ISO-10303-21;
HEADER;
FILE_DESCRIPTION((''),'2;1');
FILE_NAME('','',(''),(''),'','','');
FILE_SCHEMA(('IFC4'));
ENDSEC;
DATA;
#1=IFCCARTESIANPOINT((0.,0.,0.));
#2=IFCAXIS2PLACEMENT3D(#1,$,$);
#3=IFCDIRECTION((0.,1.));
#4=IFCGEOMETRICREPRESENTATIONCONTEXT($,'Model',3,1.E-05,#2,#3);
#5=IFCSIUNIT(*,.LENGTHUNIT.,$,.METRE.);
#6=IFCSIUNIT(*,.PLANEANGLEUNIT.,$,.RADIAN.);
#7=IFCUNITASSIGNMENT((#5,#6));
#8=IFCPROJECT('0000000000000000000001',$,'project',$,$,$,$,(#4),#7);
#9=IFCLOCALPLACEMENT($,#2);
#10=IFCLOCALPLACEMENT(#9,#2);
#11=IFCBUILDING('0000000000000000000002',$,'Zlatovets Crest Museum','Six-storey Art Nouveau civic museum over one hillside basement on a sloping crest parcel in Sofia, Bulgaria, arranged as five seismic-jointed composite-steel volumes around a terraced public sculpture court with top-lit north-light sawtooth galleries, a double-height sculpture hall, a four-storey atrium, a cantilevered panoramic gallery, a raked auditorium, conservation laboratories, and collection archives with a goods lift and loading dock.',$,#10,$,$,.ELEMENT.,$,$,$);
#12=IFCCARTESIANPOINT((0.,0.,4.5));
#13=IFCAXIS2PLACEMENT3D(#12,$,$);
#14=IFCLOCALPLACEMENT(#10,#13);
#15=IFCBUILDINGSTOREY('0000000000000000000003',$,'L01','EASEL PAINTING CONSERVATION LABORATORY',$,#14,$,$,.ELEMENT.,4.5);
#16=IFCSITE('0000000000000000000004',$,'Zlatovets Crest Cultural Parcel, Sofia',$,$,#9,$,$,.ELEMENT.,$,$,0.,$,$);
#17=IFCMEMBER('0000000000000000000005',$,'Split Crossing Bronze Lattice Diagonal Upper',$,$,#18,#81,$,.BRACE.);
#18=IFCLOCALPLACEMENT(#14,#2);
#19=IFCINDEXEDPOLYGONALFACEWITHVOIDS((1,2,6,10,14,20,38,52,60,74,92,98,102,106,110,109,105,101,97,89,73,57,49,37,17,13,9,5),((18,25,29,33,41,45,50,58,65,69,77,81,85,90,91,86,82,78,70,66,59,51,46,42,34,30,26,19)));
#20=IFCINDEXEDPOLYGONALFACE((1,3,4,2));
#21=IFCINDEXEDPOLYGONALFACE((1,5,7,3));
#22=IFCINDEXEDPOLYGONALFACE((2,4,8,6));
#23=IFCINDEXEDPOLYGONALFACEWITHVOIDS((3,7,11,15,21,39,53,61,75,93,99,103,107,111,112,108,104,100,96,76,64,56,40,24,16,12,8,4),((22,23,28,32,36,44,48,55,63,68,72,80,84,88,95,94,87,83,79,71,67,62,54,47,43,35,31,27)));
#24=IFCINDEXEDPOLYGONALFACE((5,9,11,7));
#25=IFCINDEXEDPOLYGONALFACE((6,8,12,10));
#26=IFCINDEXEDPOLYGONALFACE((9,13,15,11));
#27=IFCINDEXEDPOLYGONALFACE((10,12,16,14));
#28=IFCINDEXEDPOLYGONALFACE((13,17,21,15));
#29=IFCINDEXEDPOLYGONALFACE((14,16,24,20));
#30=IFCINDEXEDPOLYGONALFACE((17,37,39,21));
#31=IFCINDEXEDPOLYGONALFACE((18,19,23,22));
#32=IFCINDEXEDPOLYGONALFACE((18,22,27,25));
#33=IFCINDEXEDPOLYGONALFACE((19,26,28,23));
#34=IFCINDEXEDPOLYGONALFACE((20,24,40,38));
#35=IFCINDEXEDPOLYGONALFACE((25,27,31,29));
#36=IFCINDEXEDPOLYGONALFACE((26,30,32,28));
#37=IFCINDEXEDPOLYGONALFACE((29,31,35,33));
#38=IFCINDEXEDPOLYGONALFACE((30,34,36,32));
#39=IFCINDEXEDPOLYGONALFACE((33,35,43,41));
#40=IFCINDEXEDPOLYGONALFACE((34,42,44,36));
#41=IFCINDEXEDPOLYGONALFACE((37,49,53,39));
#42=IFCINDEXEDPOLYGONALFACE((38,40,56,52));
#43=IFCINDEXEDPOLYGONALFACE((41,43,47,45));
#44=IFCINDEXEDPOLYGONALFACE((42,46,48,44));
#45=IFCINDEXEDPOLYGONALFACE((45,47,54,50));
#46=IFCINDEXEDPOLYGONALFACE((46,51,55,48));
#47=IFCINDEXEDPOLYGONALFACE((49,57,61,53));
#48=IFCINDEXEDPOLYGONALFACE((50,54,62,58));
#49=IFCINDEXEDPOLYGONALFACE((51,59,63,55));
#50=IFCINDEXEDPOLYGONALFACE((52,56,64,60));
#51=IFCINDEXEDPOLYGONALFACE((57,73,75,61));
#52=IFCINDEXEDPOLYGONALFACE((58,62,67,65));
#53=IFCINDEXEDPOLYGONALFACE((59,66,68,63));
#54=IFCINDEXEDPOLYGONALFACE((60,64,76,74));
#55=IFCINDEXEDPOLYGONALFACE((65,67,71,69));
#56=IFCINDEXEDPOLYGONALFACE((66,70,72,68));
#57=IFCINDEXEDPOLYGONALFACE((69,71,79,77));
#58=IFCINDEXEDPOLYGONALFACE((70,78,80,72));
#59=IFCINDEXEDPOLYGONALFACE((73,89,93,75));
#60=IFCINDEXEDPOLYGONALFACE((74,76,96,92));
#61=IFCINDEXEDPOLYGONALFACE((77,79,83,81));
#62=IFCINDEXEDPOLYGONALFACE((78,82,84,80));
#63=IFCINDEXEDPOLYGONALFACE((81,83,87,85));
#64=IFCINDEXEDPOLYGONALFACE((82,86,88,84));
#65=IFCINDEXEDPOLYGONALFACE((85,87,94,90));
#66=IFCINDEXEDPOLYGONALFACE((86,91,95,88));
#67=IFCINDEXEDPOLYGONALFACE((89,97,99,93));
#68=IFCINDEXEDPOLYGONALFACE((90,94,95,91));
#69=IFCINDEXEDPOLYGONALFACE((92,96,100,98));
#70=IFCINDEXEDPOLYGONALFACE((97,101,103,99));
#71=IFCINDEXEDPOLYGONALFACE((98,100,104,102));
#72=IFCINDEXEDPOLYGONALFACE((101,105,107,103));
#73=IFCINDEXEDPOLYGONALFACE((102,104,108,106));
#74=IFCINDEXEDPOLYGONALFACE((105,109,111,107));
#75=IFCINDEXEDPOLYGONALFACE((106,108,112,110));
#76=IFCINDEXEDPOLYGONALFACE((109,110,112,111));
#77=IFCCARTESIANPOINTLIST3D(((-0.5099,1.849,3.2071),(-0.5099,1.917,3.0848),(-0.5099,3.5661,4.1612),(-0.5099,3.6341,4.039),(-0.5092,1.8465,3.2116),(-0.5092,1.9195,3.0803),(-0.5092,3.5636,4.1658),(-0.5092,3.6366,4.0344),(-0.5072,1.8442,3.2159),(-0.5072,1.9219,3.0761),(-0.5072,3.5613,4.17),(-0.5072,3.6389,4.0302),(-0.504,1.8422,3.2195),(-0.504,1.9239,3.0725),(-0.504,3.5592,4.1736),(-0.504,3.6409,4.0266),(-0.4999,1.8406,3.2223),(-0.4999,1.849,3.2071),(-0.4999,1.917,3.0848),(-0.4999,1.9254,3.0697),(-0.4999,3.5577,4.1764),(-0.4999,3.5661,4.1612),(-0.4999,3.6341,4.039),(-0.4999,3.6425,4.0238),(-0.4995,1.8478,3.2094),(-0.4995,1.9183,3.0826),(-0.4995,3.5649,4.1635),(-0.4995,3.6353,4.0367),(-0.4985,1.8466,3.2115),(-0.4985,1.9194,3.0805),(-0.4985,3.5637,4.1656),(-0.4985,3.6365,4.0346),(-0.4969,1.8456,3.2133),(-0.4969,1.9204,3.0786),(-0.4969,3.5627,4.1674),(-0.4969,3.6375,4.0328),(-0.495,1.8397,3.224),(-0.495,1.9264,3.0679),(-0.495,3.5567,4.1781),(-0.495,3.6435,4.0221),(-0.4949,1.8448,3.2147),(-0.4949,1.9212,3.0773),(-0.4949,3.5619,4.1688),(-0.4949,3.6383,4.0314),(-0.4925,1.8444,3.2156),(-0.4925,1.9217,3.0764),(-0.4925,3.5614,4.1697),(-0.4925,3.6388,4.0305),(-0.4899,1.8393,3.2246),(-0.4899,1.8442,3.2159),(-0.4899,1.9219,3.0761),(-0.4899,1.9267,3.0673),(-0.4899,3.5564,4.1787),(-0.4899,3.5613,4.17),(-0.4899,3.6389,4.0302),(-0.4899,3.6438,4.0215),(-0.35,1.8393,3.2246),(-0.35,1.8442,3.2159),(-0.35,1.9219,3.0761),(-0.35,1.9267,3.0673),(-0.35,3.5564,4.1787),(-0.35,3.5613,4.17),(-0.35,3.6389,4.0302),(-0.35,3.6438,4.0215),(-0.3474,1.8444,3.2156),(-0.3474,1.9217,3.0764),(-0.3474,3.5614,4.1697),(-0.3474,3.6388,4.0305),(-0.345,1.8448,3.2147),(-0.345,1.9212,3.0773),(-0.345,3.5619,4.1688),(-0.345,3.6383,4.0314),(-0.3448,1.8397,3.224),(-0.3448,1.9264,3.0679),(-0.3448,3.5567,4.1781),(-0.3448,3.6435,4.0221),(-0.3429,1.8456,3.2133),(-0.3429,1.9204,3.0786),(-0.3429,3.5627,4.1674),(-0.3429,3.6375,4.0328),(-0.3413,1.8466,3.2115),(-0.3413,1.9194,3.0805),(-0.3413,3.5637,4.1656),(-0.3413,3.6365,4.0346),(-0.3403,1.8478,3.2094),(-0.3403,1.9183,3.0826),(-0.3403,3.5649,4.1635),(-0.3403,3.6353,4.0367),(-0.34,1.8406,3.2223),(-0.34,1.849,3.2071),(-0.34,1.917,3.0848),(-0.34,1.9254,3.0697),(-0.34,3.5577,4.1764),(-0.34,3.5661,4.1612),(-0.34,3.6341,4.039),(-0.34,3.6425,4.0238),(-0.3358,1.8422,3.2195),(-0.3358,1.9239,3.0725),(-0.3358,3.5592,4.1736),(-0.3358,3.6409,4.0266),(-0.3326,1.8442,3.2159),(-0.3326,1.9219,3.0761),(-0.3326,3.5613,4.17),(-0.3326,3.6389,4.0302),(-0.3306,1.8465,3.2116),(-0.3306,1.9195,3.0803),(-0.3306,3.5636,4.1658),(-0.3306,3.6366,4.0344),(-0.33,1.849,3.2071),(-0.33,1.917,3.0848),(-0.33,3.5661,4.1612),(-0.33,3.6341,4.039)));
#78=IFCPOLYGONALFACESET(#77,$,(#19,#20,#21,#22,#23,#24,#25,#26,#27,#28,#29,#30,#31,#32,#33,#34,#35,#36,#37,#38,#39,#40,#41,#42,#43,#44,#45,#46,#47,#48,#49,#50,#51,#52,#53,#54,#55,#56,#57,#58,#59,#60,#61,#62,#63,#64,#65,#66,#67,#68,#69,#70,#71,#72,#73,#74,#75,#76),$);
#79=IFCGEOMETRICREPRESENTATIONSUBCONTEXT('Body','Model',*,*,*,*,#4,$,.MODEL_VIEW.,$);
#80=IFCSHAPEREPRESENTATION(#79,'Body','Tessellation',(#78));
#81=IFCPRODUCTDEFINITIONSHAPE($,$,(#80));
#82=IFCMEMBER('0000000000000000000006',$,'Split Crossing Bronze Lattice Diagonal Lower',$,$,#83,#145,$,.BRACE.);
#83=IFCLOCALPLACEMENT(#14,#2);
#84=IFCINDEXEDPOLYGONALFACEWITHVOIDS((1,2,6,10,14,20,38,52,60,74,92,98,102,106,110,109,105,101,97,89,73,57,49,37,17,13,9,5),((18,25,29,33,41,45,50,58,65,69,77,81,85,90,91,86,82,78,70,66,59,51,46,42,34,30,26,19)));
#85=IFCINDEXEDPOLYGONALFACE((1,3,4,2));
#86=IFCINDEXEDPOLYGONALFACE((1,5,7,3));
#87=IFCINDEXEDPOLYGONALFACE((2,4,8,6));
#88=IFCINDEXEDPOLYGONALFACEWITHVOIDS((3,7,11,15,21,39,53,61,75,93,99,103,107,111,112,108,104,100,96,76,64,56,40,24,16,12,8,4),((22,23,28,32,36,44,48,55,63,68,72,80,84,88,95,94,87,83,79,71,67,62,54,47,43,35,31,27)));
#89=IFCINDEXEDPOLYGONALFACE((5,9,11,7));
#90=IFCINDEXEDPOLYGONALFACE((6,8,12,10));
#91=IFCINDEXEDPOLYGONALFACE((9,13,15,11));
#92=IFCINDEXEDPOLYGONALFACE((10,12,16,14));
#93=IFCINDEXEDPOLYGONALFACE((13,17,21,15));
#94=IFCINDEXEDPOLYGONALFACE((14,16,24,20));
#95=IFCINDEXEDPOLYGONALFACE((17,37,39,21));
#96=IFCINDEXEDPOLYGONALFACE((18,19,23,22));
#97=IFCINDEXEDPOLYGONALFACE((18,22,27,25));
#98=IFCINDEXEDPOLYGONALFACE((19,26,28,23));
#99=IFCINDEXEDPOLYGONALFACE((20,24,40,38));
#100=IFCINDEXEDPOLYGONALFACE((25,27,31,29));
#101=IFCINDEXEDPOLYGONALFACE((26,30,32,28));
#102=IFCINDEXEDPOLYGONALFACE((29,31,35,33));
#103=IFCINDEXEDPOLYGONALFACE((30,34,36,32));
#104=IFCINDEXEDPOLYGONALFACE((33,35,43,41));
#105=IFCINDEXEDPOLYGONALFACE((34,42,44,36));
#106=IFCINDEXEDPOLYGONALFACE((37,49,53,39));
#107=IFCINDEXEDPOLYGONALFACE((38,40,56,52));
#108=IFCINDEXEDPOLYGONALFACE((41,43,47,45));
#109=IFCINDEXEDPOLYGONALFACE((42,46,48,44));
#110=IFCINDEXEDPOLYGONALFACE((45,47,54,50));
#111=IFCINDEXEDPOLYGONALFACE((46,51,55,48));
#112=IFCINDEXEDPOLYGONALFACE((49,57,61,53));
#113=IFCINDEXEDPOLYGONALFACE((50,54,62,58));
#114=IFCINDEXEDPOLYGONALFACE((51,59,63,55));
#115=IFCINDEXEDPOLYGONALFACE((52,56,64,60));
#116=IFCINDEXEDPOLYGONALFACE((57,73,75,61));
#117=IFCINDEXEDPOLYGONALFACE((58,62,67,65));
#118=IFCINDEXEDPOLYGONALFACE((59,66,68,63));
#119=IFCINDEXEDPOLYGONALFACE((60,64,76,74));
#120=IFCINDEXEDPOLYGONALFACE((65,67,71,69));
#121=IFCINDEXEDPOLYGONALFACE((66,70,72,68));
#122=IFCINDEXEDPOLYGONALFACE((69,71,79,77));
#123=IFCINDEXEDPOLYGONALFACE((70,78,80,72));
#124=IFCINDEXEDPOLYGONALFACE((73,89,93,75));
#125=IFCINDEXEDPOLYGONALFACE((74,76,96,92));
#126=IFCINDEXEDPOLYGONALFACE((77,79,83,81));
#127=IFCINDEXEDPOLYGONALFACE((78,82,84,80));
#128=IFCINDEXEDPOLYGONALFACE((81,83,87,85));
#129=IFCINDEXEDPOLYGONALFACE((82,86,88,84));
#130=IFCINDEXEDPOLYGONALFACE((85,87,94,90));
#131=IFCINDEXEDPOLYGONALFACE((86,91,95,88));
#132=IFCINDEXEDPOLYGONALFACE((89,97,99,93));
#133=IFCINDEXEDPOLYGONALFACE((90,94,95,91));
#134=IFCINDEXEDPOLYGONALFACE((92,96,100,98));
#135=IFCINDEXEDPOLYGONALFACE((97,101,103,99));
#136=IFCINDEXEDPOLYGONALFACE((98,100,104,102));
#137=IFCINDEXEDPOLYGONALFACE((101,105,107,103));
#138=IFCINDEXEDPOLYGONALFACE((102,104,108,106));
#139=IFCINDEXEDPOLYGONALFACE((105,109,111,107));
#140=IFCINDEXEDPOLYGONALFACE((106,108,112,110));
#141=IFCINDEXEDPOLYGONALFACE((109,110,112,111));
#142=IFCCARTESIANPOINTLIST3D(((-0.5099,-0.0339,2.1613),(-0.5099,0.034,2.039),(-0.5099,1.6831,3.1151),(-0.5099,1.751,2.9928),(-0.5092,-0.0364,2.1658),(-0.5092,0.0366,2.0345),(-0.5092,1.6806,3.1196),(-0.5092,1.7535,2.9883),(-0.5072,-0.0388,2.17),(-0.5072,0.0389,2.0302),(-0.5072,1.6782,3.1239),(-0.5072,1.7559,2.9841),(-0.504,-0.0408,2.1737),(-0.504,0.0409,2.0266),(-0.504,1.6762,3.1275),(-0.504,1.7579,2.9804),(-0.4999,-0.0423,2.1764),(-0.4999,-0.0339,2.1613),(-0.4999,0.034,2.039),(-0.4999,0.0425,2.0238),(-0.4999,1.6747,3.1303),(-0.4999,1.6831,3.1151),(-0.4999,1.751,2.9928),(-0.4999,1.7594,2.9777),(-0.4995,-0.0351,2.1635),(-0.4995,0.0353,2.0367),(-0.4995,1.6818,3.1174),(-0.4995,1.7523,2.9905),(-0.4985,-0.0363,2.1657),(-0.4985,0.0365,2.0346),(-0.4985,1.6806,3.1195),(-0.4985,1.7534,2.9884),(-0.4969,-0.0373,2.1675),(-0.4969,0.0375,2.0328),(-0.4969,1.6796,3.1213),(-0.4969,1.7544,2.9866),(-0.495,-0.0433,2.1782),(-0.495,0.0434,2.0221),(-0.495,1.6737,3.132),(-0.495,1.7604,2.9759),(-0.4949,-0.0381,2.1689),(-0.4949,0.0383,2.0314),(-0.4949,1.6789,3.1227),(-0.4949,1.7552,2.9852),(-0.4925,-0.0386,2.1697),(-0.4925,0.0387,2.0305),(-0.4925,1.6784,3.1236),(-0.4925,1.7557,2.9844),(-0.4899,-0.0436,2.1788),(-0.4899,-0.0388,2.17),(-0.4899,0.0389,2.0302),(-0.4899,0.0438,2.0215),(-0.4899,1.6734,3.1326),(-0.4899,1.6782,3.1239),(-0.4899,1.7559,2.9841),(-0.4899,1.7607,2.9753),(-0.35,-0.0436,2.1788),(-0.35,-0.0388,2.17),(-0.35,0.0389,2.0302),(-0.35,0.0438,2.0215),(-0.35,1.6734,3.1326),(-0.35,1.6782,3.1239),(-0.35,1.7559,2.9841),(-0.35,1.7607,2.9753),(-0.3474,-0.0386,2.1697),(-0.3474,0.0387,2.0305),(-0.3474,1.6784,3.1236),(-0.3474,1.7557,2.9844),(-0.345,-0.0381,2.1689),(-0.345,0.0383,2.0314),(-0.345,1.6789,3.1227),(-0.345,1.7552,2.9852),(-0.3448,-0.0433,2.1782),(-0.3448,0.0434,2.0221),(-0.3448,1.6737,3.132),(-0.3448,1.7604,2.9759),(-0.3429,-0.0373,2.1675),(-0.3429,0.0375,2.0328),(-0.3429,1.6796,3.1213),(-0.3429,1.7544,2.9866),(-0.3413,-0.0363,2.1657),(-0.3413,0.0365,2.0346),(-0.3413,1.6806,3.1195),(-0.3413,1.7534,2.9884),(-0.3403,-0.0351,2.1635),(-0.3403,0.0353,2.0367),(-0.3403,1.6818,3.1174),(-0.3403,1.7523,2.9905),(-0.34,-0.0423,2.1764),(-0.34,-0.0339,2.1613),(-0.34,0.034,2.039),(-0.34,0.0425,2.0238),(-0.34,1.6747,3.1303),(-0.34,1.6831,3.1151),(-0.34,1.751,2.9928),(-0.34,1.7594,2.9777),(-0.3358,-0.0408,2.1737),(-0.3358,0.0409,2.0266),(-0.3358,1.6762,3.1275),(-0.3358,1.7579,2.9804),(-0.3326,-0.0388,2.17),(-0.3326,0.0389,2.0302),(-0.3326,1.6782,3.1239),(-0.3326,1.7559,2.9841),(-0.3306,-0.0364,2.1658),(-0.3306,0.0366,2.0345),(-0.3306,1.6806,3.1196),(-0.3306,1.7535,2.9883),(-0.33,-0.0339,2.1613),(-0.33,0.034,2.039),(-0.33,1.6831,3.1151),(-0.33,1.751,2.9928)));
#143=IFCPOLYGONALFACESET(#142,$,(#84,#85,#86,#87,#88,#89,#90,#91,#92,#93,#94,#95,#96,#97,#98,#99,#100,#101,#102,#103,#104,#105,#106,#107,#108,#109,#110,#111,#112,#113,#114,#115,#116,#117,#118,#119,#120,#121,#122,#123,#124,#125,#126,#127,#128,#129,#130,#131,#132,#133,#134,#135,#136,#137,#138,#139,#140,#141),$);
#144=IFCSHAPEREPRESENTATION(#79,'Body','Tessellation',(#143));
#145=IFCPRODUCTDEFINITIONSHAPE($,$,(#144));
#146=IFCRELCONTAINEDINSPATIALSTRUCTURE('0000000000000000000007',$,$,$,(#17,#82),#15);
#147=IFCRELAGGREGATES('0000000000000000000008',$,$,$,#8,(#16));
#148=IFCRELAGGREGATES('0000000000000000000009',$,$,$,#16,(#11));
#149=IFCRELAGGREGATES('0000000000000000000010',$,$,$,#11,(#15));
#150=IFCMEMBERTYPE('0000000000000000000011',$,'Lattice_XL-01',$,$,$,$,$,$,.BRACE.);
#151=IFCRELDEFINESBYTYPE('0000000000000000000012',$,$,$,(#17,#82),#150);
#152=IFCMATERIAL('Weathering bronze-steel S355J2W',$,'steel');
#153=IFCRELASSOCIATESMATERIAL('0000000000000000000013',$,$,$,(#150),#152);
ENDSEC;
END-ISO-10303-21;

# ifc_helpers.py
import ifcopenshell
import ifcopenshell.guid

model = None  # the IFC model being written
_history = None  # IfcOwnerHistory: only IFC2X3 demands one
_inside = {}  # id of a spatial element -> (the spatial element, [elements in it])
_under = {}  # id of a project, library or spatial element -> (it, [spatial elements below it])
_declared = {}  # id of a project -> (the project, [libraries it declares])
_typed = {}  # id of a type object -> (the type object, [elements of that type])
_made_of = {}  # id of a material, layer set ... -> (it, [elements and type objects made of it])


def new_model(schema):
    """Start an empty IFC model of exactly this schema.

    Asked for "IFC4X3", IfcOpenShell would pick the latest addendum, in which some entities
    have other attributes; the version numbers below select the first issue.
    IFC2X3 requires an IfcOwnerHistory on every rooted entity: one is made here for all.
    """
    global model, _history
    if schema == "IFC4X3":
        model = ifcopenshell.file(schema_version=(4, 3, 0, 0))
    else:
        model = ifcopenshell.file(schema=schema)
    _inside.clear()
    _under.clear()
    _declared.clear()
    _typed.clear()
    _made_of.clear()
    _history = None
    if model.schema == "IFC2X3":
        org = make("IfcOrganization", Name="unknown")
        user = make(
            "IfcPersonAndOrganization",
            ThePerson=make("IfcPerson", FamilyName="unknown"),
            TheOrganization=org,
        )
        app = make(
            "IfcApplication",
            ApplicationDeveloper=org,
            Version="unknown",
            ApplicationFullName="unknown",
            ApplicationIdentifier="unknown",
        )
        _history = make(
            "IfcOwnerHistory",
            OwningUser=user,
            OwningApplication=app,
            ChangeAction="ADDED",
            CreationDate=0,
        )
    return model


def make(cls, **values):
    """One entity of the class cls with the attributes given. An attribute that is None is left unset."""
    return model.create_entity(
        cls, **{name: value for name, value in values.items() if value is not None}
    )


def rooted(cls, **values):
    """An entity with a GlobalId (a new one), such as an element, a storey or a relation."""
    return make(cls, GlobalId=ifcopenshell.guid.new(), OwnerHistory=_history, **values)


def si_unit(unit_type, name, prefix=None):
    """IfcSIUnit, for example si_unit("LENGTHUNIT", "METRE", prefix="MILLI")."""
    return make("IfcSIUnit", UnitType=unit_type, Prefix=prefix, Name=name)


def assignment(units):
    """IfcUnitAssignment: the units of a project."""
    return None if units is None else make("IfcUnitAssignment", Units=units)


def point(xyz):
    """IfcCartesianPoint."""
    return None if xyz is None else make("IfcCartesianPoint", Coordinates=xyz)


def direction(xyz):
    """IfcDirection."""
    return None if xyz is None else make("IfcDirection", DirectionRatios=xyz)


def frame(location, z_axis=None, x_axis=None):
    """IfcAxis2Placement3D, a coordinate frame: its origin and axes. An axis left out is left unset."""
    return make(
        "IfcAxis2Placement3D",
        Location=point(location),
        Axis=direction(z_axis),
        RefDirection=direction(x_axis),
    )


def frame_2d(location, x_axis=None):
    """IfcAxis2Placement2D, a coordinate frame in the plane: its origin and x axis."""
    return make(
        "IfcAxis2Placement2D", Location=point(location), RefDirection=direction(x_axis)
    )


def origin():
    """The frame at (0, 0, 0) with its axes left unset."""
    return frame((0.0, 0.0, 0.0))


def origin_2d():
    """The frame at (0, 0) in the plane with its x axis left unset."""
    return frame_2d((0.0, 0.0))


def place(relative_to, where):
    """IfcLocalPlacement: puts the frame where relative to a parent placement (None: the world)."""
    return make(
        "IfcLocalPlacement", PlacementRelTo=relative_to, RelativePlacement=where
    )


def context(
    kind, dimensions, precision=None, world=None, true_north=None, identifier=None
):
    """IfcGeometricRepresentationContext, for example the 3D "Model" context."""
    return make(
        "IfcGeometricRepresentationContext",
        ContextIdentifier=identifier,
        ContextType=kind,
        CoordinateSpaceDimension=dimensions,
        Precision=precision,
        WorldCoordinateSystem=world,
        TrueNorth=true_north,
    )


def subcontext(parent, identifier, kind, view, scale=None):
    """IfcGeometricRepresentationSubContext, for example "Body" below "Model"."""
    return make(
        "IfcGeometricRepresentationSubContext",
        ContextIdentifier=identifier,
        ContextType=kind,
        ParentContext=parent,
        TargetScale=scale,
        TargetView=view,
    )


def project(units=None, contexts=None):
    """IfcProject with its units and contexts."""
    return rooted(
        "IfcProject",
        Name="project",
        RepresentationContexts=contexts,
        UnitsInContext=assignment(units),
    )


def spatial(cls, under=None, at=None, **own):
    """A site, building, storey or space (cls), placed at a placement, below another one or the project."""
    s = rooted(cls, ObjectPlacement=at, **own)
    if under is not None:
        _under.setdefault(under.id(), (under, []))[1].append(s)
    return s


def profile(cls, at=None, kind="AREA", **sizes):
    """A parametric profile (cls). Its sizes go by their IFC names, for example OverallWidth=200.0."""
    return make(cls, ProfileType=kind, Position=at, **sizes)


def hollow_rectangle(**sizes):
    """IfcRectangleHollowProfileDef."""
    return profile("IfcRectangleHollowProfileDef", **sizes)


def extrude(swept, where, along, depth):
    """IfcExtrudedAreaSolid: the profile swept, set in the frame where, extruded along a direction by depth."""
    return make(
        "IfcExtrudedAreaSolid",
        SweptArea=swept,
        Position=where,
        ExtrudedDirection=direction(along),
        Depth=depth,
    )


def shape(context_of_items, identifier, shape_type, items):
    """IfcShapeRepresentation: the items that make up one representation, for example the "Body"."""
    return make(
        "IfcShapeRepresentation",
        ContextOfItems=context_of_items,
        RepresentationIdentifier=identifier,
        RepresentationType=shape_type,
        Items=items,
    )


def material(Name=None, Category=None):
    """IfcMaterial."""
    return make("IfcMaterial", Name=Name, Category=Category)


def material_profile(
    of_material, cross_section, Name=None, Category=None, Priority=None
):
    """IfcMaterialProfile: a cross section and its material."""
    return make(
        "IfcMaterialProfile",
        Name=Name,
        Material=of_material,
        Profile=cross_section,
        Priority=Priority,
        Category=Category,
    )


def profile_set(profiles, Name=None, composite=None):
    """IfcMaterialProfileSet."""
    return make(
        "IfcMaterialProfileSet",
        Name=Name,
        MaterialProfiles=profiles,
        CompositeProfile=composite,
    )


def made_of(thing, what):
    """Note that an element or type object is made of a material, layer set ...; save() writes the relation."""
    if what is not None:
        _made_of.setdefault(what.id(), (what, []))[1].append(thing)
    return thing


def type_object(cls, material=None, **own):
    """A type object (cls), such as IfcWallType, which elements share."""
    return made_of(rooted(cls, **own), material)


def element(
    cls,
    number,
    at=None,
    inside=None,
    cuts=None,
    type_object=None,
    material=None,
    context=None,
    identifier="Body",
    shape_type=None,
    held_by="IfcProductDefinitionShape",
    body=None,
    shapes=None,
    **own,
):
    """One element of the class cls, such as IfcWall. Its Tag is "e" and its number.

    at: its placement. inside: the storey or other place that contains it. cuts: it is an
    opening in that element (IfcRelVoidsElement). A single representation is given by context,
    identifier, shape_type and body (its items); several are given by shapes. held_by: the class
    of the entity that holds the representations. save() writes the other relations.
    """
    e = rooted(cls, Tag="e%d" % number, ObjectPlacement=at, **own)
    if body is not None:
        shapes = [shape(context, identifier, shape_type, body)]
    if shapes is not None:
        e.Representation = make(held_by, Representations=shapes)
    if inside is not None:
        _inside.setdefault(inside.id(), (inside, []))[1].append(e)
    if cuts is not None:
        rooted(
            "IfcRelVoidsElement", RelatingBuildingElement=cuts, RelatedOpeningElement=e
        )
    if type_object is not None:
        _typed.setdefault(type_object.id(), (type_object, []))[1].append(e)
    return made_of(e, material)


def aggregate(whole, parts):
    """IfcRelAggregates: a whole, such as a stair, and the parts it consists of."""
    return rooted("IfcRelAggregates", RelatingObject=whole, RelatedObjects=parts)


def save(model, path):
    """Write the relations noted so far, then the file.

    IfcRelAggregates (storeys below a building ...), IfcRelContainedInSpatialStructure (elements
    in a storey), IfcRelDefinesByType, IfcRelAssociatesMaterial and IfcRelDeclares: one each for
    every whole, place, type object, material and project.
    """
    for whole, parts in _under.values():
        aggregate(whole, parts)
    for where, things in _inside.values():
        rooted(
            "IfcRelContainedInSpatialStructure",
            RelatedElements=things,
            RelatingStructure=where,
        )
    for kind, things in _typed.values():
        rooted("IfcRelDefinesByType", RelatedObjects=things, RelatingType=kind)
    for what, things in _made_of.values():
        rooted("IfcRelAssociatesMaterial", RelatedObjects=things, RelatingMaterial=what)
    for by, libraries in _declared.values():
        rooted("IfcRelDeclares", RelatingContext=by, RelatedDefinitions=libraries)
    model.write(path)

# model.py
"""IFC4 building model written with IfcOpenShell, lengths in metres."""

from ifc_helpers import new_model, si_unit, direction, frame, origin, origin_2d, place, context, subcontext, project, spatial, hollow_rectangle, extrude, material, material_profile, profile_set, type_object, element, save


model = new_model("IFC4")

# Units and contexts
model_context = context("Model", 3, precision=1e-05, world=origin(), true_north=direction((0.0, 1.0)))
body_context = subcontext(model_context, "Body", "Model", "MODEL_VIEW")
ifc_project = project(units=[si_unit("LENGTHUNIT", "METRE"), si_unit("PLANEANGLEUNIT", "RADIAN")], contexts=[model_context])

# Site, building, storey
site_placement = place(None, origin())
site = spatial("IfcSite", under=ifc_project, at=site_placement, Name="Zlatovets Crest Cultural Parcel, Sofia", CompositionType="ELEMENT", RefElevation=0.0)
building_placement = place(site_placement, origin())
building = spatial("IfcBuilding", under=site, at=building_placement, Name="Zlatovets Crest Museum", Description="Six-storey Art Nouveau civic museum over one hillside basement on a sloping crest parcel in Sofia, Bulgaria, arranged as five seismic-jointed composite-steel volumes around a terraced public sculpture court with top-lit north-light sawtooth galleries, a double-height sculpture hall, a four-storey atrium, a cantilevered panoramic gallery, a raked auditorium, conservation laboratories, and collection archives with a goods lift and loading dock.", CompositionType="ELEMENT")
storey_placement = place(building_placement, frame((0.0, 0.0, 4.5)))
storey = spatial("IfcBuildingStorey", under=building, at=storey_placement, Name="L01", Description="EASEL PAINTING CONSERVATION LABORATORY", CompositionType="ELEMENT", Elevation=4.5)

# Members
ifc_material_1 = material(Name="Weathering bronze-steel S355J2W", Category="steel")
ifc_material_profile_1 = material_profile(ifc_material_1, hollow_rectangle(XDim=0.1799, YDim=0.1799, WallThickness=0.01, InnerFilletRadius=0.01, OuterFilletRadius=0.02, at=origin_2d()), Name="SHS 180x180x10.0")
ifc_profile_set_1 = profile_set([ifc_material_profile_1], Name="Weathering bronze-steel S355J2W")
member_type_1 = type_object("IfcMemberType", Name="Lattice_XL-01", PredefinedType="BRACE", material=ifc_profile_set_1)
member_1_placement = place(storey_placement, frame((-0.4199, 3.6001, 4.1001), z_axis=(0.0, -0.874116, -0.485717), x_axis=(1.0, 0.0, 0.0)))
element("IfcMember", 1, at=member_1_placement, inside=storey, type_object=member_type_1, Name="Split Crossing Bronze Lattice Diagonal Upper", PredefinedType="BRACE", context=body_context, shape_type="SweptSolid", body=[
    extrude(hollow_rectangle(XDim=0.1799, YDim=0.1799, WallThickness=0.01, InnerFilletRadius=0.01, OuterFilletRadius=0.02, at=origin_2d()), origin(), (0.0, 0.0, 1.0), 1.9644),
])
member_2_placement = place(storey_placement, frame((-0.4199, 1.717, 3.054), z_axis=(0.0, -0.874169, -0.485622), x_axis=(1.0, 0.0, 0.0)))
element("IfcMember", 2, at=member_2_placement, inside=storey, type_object=member_type_1, Name="Split Crossing Bronze Lattice Diagonal Lower", PredefinedType="BRACE", context=body_context, shape_type="SweptSolid", body=[
    extrude(hollow_rectangle(XDim=0.1799, YDim=0.1799, WallThickness=0.01, InnerFilletRadius=0.01, OuterFilletRadius=0.02, at=origin_2d()), origin(), (0.0, 0.0, 1.0), 1.9641),
])

save(model, "model.ifc")
